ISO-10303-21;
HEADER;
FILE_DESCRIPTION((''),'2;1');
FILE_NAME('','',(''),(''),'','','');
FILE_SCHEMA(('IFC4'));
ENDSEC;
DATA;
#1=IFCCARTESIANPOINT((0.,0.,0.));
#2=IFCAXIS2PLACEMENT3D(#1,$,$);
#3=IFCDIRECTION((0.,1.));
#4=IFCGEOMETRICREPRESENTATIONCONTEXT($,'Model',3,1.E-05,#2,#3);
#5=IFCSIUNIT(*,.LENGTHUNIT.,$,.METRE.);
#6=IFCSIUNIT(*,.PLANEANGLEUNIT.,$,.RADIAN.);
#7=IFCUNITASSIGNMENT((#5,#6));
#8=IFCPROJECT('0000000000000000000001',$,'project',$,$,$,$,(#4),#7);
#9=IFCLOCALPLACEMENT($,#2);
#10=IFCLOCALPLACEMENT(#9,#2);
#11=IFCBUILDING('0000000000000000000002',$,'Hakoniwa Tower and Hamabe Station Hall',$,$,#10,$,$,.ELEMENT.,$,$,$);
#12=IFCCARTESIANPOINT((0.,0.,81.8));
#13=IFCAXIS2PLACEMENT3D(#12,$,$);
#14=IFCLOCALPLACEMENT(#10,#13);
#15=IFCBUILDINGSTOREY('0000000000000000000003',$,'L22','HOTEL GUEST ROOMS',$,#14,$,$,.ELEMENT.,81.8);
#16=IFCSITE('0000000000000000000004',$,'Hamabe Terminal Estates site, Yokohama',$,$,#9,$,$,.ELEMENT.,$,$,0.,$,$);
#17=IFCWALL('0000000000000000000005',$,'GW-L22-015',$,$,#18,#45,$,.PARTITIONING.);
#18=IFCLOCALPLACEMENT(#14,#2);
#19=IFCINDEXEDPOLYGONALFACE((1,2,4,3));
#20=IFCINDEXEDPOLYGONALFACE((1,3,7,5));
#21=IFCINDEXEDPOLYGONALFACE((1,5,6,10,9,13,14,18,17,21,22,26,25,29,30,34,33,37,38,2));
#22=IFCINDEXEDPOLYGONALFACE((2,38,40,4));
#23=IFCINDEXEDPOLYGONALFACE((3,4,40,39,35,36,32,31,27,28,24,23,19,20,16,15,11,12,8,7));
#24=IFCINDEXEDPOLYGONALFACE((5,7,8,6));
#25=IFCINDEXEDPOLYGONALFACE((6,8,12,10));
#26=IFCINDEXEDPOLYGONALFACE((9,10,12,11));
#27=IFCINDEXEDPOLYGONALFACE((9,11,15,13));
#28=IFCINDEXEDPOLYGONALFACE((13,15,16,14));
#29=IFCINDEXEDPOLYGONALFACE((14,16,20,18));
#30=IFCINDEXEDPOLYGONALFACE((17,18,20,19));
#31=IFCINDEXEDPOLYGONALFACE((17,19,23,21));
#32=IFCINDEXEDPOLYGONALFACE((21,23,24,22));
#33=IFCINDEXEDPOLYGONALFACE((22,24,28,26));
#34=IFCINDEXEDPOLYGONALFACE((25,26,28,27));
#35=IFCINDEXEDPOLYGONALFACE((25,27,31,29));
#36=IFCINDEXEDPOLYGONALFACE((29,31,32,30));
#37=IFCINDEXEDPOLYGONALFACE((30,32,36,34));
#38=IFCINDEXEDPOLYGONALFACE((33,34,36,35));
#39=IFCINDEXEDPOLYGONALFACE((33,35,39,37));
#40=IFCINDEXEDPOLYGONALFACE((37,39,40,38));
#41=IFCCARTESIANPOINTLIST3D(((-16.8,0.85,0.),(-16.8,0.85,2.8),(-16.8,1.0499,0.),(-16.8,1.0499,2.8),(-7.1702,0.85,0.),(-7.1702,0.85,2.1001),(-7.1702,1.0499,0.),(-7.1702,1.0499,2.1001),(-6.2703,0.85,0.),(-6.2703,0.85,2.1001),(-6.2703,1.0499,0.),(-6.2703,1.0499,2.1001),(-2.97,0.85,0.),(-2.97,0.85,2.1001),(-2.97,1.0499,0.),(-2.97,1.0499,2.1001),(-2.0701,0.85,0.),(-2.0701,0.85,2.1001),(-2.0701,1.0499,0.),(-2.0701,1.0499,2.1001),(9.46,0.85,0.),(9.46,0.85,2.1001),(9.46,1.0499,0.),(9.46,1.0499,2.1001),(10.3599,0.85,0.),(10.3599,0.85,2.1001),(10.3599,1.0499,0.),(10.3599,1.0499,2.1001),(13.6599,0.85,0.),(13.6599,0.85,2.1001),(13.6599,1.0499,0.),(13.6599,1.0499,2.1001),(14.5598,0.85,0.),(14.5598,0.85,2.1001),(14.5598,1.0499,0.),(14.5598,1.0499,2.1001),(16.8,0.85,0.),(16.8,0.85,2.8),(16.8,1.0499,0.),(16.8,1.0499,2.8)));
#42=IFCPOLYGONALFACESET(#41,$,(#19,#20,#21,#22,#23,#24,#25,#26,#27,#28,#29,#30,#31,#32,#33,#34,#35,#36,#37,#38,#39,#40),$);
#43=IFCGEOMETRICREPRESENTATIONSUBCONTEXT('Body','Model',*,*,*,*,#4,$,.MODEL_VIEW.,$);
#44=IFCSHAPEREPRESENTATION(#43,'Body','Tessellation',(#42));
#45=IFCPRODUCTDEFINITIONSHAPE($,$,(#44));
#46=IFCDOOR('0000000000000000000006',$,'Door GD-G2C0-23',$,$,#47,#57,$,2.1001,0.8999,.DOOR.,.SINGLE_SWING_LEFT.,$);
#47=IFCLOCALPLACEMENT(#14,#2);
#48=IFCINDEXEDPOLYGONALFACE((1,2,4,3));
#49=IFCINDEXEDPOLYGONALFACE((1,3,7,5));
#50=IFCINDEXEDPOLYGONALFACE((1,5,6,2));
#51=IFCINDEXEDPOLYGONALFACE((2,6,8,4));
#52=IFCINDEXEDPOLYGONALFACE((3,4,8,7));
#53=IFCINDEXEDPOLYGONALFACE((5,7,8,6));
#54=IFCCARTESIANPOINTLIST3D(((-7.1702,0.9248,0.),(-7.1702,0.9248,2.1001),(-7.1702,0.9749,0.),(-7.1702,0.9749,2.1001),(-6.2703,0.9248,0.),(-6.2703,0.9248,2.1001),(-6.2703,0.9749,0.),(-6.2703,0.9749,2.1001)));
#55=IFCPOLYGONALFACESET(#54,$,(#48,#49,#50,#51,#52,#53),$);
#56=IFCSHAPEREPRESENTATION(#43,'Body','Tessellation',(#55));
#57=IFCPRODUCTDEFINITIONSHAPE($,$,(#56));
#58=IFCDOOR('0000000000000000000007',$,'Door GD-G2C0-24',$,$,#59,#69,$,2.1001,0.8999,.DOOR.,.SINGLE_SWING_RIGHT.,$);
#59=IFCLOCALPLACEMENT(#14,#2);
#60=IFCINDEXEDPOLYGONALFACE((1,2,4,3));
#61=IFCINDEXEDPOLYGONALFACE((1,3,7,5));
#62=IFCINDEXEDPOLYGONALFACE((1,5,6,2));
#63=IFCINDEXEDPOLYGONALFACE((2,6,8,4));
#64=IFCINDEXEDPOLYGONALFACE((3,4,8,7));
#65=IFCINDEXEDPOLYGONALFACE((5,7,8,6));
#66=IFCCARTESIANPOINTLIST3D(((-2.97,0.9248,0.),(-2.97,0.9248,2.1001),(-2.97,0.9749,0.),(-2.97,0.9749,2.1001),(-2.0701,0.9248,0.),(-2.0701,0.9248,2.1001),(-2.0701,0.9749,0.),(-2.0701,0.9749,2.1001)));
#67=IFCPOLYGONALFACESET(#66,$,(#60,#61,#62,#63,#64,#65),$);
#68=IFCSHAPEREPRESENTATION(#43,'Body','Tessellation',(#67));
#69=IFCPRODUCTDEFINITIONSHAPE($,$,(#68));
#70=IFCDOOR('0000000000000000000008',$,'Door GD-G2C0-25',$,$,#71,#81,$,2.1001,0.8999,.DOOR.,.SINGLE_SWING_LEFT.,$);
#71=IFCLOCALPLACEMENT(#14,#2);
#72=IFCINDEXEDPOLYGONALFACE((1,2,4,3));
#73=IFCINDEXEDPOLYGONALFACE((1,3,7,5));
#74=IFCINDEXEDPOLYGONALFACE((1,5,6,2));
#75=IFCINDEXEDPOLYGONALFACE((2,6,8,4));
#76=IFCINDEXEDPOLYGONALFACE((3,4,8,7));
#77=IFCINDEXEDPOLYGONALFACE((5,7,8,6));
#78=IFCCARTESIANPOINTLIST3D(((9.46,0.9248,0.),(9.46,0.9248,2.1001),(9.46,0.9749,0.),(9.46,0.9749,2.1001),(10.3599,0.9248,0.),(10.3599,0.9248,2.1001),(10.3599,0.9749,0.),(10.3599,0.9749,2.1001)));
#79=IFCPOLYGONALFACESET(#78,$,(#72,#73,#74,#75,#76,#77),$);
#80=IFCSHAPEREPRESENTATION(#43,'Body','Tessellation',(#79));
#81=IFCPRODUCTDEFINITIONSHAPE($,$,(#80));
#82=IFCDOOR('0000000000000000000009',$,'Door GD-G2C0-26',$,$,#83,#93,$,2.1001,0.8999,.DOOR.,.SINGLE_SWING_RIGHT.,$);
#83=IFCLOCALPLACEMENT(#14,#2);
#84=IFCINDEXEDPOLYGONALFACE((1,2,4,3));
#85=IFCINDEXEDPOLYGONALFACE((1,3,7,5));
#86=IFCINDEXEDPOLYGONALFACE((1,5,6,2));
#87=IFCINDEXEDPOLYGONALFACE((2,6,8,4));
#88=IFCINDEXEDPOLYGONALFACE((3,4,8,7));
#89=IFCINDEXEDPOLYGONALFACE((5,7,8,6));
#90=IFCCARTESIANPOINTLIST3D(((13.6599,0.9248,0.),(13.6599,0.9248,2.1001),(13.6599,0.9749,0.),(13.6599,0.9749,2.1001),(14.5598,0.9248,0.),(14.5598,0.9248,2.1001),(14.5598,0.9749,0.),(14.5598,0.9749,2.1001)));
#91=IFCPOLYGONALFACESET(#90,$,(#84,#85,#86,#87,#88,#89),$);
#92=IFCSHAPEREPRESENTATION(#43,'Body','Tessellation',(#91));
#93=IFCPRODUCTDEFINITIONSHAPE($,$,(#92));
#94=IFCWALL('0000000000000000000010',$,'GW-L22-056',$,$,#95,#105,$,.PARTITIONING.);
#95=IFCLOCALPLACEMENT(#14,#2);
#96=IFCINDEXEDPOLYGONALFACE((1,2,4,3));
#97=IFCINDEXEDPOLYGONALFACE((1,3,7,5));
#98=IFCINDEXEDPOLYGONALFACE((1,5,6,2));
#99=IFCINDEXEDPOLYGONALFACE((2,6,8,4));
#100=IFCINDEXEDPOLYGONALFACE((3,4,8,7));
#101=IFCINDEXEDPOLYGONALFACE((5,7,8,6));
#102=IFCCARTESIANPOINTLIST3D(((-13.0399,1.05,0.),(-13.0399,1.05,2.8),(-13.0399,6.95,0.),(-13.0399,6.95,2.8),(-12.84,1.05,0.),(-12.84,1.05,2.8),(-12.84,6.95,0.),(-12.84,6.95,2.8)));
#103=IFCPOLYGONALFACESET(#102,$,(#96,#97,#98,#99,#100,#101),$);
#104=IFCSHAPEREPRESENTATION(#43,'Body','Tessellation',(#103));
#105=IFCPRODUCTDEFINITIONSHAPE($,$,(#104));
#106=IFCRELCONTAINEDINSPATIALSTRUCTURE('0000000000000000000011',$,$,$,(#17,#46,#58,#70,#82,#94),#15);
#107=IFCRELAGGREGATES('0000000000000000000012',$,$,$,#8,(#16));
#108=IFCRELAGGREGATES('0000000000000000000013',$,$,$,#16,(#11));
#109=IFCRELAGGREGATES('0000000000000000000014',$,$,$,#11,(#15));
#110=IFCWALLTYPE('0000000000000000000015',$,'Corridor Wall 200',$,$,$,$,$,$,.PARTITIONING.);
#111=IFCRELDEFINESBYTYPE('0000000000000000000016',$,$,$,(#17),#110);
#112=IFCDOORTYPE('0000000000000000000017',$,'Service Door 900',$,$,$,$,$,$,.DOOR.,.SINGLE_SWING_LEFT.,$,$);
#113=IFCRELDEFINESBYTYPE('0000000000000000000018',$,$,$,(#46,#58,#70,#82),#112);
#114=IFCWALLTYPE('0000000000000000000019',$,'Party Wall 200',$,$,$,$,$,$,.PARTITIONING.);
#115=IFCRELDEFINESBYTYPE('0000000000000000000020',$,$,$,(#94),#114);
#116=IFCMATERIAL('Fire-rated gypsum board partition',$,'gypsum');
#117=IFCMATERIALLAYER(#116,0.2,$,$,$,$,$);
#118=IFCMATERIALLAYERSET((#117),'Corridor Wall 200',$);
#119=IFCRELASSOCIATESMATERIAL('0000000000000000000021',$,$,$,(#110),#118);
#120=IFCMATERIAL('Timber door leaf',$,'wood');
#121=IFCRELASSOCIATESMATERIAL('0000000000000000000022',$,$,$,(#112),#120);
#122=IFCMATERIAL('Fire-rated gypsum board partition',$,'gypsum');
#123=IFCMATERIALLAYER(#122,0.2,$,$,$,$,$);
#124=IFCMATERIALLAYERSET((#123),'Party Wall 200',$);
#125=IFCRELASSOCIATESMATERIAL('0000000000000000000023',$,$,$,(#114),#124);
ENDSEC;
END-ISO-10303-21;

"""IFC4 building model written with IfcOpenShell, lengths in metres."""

from ifc_helpers import new_model, si_unit, direction, frame, frame_2d, origin, place, context, subcontext, project, spatial, rectangle, extrude, material, layer, layer_set, type_object, element, fill, save


model = new_model("IFC4")

# Units and contexts
model_context = context("Model", 3, precision=1e-05, world=origin(), true_north=direction((0.0, 1.0)))
body_context = subcontext(model_context, "Body", "Model", "MODEL_VIEW")
ifc_project = project(units=[si_unit("LENGTHUNIT", "METRE"), si_unit("PLANEANGLEUNIT", "RADIAN")], contexts=[model_context])

# Site, building, storey
site_placement = place(None, origin())
site = spatial("IfcSite", under=ifc_project, at=site_placement, Name="Hamabe Terminal Estates site, Yokohama", CompositionType="ELEMENT", RefElevation=0.0)
building_placement = place(site_placement, origin())
building = spatial("IfcBuilding", under=site, at=building_placement, Name="Hakoniwa Tower and Hamabe Station Hall", CompositionType="ELEMENT")
storey_placement = place(building_placement, frame((0.0, 0.0, 81.8)))
storey = spatial("IfcBuildingStorey", under=building, at=storey_placement, Name="L22", Description="HOTEL GUEST ROOMS", CompositionType="ELEMENT", Elevation=81.8)

# Wall, openings, doors
ifc_material_1 = material(Name="Fire-rated gypsum board partition", Category="gypsum")
ifc_layer_1 = layer(ifc_material_1, 0.2)
ifc_layer_set_1 = layer_set([ifc_layer_1], Name="Corridor Wall 200")
wall_type_1 = type_object("IfcWallType", Name="Corridor Wall 200", PredefinedType="PARTITIONING", material=ifc_layer_set_1)
wall_1_placement = place(storey_placement, frame((-16.8, 0.95, 0.0), z_axis=(0.0, 0.0, 1.0), x_axis=(1.0, 0.0, 0.0)))
wall_1 = element("IfcWall", 1, at=wall_1_placement, inside=storey, type_object=wall_type_1, Name="GW-L22-015", PredefinedType="PARTITIONING", context=body_context, shape_type="SweptSolid", body=[
    extrude(rectangle(XDim=33.6001, YDim=0.2, at=frame_2d((16.8, 0.0))), origin(), (0.0, 0.0, 1.0), 2.8),
])
opening_1_placement = place(wall_1_placement, frame((9.6299, 0.0, 0.0)))
opening_1 = element("IfcOpeningElement", 2, at=opening_1_placement, cuts=wall_1, PredefinedType="OPENING", context=body_context, shape_type="SweptSolid", body=[
    extrude(rectangle(XDim=0.8999, YDim=2.1001, at=frame_2d((0.45, 1.05))), frame((0.0, 0.1099, 0.0), z_axis=(0.0, -1.0, 0.0), x_axis=(1.0, 0.0, 0.0)), (0.0, 0.0, 1.0), 0.22),
])
opening_2_placement = place(wall_1_placement, frame((13.8301, 0.0, 0.0)))
opening_2 = element("IfcOpeningElement", 3, at=opening_2_placement, cuts=wall_1, PredefinedType="OPENING", context=body_context, shape_type="SweptSolid", body=[
    extrude(rectangle(XDim=0.8999, YDim=2.1001, at=frame_2d((0.45, 1.05))), frame((0.0, 0.1099, 0.0), z_axis=(0.0, -1.0, 0.0), x_axis=(1.0, 0.0, 0.0)), (0.0, 0.0, 1.0), 0.22),
])
opening_3_placement = place(wall_1_placement, frame((26.26, 0.0, 0.0)))
opening_3 = element("IfcOpeningElement", 4, at=opening_3_placement, cuts=wall_1, PredefinedType="OPENING", context=body_context, shape_type="SweptSolid", body=[
    extrude(rectangle(XDim=0.8999, YDim=2.1001, at=frame_2d((0.45, 1.05))), frame((0.0, 0.1099, 0.0), z_axis=(0.0, -1.0, 0.0), x_axis=(1.0, 0.0, 0.0)), (0.0, 0.0, 1.0), 0.22),
])
opening_4_placement = place(wall_1_placement, frame((30.46, 0.0, 0.0)))
opening_4 = element("IfcOpeningElement", 5, at=opening_4_placement, cuts=wall_1, PredefinedType="OPENING", context=body_context, shape_type="SweptSolid", body=[
    extrude(rectangle(XDim=0.8999, YDim=2.1001, at=frame_2d((0.45, 1.05))), frame((0.0, 0.1099, 0.0), z_axis=(0.0, -1.0, 0.0), x_axis=(1.0, 0.0, 0.0)), (0.0, 0.0, 1.0), 0.22),
])
ifc_material_2 = material(Name="Timber door leaf", Category="wood")
door_type_1 = type_object("IfcDoorType", Name="Service Door 900", OperationType="SINGLE_SWING_LEFT", PredefinedType="DOOR", material=ifc_material_2)
door_1_placement = place(opening_1_placement, origin())
door_1 = element("IfcDoor", 6, at=door_1_placement, inside=storey, type_object=door_type_1, Name="Door GD-G2C0-23", OperationType="SINGLE_SWING_LEFT", OverallHeight=2.1001, OverallWidth=0.8999, PredefinedType="DOOR", context=body_context, shape_type="SweptSolid", body=[
    extrude(rectangle(XDim=0.8999, YDim=2.1001, at=frame_2d((0.45, 1.05))), frame((0.0, 0.0249, 0.0), z_axis=(0.0, -1.0, 0.0), x_axis=(1.0, 0.0, 0.0)), (0.0, 0.0, 1.0), 0.05),
])
fill(opening_1, door_1)
door_2_placement = place(opening_2_placement, origin())
door_2 = element("IfcDoor", 7, at=door_2_placement, inside=storey, type_object=door_type_1, Name="Door GD-G2C0-24", OperationType="SINGLE_SWING_RIGHT", OverallHeight=2.1001, OverallWidth=0.8999, PredefinedType="DOOR", context=body_context, shape_type="SweptSolid", body=[
    extrude(rectangle(XDim=0.8999, YDim=2.1001, at=frame_2d((0.45, 1.05))), frame((0.0, 0.0249, 0.0), z_axis=(0.0, -1.0, 0.0), x_axis=(1.0, 0.0, 0.0)), (0.0, 0.0, 1.0), 0.05),
])
fill(opening_2, door_2)
door_3_placement = place(opening_3_placement, origin())
door_3 = element("IfcDoor", 8, at=door_3_placement, inside=storey, type_object=door_type_1, Name="Door GD-G2C0-25", OperationType="SINGLE_SWING_LEFT", OverallHeight=2.1001, OverallWidth=0.8999, PredefinedType="DOOR", context=body_context, shape_type="SweptSolid", body=[
    extrude(rectangle(XDim=0.8999, YDim=2.1001, at=frame_2d((0.45, 1.05))), frame((0.0, 0.0249, 0.0), z_axis=(0.0, -1.0, 0.0), x_axis=(1.0, 0.0, 0.0)), (0.0, 0.0, 1.0), 0.05),
])
fill(opening_3, door_3)
door_4_placement = place(opening_4_placement, origin())
door_4 = element("IfcDoor", 9, at=door_4_placement, inside=storey, type_object=door_type_1, Name="Door GD-G2C0-26", OperationType="SINGLE_SWING_RIGHT", OverallHeight=2.1001, OverallWidth=0.8999, PredefinedType="DOOR", context=body_context, shape_type="SweptSolid", body=[
    extrude(rectangle(XDim=0.8999, YDim=2.1001, at=frame_2d((0.45, 1.05))), frame((0.0, 0.0249, 0.0), z_axis=(0.0, -1.0, 0.0), x_axis=(1.0, 0.0, 0.0)), (0.0, 0.0, 1.0), 0.05),
])
fill(opening_4, door_4)

# Wall
ifc_material_3 = material(Name="Fire-rated gypsum board partition", Category="gypsum")
ifc_layer_2 = layer(ifc_material_3, 0.2)
ifc_layer_set_2 = layer_set([ifc_layer_2], Name="Party Wall 200")
wall_type_2 = type_object("IfcWallType", Name="Party Wall 200", PredefinedType="PARTITIONING", material=ifc_layer_set_2)
wall_2_placement = place(storey_placement, frame((-12.9399, 1.05, 0.0), z_axis=(0.0, 0.0, 1.0), x_axis=(0.0, 1.0, 0.0)))
element("IfcWall", 10, at=wall_2_placement, inside=storey, type_object=wall_type_2, Name="GW-L22-056", PredefinedType="PARTITIONING", context=body_context, shape_type="SweptSolid", body=[
    extrude(rectangle(XDim=5.8999, YDim=0.2, at=frame_2d((2.95, 0.0))), origin(), (0.0, 0.0, 1.0), 2.8),
])

save(model, "model.ifc")
